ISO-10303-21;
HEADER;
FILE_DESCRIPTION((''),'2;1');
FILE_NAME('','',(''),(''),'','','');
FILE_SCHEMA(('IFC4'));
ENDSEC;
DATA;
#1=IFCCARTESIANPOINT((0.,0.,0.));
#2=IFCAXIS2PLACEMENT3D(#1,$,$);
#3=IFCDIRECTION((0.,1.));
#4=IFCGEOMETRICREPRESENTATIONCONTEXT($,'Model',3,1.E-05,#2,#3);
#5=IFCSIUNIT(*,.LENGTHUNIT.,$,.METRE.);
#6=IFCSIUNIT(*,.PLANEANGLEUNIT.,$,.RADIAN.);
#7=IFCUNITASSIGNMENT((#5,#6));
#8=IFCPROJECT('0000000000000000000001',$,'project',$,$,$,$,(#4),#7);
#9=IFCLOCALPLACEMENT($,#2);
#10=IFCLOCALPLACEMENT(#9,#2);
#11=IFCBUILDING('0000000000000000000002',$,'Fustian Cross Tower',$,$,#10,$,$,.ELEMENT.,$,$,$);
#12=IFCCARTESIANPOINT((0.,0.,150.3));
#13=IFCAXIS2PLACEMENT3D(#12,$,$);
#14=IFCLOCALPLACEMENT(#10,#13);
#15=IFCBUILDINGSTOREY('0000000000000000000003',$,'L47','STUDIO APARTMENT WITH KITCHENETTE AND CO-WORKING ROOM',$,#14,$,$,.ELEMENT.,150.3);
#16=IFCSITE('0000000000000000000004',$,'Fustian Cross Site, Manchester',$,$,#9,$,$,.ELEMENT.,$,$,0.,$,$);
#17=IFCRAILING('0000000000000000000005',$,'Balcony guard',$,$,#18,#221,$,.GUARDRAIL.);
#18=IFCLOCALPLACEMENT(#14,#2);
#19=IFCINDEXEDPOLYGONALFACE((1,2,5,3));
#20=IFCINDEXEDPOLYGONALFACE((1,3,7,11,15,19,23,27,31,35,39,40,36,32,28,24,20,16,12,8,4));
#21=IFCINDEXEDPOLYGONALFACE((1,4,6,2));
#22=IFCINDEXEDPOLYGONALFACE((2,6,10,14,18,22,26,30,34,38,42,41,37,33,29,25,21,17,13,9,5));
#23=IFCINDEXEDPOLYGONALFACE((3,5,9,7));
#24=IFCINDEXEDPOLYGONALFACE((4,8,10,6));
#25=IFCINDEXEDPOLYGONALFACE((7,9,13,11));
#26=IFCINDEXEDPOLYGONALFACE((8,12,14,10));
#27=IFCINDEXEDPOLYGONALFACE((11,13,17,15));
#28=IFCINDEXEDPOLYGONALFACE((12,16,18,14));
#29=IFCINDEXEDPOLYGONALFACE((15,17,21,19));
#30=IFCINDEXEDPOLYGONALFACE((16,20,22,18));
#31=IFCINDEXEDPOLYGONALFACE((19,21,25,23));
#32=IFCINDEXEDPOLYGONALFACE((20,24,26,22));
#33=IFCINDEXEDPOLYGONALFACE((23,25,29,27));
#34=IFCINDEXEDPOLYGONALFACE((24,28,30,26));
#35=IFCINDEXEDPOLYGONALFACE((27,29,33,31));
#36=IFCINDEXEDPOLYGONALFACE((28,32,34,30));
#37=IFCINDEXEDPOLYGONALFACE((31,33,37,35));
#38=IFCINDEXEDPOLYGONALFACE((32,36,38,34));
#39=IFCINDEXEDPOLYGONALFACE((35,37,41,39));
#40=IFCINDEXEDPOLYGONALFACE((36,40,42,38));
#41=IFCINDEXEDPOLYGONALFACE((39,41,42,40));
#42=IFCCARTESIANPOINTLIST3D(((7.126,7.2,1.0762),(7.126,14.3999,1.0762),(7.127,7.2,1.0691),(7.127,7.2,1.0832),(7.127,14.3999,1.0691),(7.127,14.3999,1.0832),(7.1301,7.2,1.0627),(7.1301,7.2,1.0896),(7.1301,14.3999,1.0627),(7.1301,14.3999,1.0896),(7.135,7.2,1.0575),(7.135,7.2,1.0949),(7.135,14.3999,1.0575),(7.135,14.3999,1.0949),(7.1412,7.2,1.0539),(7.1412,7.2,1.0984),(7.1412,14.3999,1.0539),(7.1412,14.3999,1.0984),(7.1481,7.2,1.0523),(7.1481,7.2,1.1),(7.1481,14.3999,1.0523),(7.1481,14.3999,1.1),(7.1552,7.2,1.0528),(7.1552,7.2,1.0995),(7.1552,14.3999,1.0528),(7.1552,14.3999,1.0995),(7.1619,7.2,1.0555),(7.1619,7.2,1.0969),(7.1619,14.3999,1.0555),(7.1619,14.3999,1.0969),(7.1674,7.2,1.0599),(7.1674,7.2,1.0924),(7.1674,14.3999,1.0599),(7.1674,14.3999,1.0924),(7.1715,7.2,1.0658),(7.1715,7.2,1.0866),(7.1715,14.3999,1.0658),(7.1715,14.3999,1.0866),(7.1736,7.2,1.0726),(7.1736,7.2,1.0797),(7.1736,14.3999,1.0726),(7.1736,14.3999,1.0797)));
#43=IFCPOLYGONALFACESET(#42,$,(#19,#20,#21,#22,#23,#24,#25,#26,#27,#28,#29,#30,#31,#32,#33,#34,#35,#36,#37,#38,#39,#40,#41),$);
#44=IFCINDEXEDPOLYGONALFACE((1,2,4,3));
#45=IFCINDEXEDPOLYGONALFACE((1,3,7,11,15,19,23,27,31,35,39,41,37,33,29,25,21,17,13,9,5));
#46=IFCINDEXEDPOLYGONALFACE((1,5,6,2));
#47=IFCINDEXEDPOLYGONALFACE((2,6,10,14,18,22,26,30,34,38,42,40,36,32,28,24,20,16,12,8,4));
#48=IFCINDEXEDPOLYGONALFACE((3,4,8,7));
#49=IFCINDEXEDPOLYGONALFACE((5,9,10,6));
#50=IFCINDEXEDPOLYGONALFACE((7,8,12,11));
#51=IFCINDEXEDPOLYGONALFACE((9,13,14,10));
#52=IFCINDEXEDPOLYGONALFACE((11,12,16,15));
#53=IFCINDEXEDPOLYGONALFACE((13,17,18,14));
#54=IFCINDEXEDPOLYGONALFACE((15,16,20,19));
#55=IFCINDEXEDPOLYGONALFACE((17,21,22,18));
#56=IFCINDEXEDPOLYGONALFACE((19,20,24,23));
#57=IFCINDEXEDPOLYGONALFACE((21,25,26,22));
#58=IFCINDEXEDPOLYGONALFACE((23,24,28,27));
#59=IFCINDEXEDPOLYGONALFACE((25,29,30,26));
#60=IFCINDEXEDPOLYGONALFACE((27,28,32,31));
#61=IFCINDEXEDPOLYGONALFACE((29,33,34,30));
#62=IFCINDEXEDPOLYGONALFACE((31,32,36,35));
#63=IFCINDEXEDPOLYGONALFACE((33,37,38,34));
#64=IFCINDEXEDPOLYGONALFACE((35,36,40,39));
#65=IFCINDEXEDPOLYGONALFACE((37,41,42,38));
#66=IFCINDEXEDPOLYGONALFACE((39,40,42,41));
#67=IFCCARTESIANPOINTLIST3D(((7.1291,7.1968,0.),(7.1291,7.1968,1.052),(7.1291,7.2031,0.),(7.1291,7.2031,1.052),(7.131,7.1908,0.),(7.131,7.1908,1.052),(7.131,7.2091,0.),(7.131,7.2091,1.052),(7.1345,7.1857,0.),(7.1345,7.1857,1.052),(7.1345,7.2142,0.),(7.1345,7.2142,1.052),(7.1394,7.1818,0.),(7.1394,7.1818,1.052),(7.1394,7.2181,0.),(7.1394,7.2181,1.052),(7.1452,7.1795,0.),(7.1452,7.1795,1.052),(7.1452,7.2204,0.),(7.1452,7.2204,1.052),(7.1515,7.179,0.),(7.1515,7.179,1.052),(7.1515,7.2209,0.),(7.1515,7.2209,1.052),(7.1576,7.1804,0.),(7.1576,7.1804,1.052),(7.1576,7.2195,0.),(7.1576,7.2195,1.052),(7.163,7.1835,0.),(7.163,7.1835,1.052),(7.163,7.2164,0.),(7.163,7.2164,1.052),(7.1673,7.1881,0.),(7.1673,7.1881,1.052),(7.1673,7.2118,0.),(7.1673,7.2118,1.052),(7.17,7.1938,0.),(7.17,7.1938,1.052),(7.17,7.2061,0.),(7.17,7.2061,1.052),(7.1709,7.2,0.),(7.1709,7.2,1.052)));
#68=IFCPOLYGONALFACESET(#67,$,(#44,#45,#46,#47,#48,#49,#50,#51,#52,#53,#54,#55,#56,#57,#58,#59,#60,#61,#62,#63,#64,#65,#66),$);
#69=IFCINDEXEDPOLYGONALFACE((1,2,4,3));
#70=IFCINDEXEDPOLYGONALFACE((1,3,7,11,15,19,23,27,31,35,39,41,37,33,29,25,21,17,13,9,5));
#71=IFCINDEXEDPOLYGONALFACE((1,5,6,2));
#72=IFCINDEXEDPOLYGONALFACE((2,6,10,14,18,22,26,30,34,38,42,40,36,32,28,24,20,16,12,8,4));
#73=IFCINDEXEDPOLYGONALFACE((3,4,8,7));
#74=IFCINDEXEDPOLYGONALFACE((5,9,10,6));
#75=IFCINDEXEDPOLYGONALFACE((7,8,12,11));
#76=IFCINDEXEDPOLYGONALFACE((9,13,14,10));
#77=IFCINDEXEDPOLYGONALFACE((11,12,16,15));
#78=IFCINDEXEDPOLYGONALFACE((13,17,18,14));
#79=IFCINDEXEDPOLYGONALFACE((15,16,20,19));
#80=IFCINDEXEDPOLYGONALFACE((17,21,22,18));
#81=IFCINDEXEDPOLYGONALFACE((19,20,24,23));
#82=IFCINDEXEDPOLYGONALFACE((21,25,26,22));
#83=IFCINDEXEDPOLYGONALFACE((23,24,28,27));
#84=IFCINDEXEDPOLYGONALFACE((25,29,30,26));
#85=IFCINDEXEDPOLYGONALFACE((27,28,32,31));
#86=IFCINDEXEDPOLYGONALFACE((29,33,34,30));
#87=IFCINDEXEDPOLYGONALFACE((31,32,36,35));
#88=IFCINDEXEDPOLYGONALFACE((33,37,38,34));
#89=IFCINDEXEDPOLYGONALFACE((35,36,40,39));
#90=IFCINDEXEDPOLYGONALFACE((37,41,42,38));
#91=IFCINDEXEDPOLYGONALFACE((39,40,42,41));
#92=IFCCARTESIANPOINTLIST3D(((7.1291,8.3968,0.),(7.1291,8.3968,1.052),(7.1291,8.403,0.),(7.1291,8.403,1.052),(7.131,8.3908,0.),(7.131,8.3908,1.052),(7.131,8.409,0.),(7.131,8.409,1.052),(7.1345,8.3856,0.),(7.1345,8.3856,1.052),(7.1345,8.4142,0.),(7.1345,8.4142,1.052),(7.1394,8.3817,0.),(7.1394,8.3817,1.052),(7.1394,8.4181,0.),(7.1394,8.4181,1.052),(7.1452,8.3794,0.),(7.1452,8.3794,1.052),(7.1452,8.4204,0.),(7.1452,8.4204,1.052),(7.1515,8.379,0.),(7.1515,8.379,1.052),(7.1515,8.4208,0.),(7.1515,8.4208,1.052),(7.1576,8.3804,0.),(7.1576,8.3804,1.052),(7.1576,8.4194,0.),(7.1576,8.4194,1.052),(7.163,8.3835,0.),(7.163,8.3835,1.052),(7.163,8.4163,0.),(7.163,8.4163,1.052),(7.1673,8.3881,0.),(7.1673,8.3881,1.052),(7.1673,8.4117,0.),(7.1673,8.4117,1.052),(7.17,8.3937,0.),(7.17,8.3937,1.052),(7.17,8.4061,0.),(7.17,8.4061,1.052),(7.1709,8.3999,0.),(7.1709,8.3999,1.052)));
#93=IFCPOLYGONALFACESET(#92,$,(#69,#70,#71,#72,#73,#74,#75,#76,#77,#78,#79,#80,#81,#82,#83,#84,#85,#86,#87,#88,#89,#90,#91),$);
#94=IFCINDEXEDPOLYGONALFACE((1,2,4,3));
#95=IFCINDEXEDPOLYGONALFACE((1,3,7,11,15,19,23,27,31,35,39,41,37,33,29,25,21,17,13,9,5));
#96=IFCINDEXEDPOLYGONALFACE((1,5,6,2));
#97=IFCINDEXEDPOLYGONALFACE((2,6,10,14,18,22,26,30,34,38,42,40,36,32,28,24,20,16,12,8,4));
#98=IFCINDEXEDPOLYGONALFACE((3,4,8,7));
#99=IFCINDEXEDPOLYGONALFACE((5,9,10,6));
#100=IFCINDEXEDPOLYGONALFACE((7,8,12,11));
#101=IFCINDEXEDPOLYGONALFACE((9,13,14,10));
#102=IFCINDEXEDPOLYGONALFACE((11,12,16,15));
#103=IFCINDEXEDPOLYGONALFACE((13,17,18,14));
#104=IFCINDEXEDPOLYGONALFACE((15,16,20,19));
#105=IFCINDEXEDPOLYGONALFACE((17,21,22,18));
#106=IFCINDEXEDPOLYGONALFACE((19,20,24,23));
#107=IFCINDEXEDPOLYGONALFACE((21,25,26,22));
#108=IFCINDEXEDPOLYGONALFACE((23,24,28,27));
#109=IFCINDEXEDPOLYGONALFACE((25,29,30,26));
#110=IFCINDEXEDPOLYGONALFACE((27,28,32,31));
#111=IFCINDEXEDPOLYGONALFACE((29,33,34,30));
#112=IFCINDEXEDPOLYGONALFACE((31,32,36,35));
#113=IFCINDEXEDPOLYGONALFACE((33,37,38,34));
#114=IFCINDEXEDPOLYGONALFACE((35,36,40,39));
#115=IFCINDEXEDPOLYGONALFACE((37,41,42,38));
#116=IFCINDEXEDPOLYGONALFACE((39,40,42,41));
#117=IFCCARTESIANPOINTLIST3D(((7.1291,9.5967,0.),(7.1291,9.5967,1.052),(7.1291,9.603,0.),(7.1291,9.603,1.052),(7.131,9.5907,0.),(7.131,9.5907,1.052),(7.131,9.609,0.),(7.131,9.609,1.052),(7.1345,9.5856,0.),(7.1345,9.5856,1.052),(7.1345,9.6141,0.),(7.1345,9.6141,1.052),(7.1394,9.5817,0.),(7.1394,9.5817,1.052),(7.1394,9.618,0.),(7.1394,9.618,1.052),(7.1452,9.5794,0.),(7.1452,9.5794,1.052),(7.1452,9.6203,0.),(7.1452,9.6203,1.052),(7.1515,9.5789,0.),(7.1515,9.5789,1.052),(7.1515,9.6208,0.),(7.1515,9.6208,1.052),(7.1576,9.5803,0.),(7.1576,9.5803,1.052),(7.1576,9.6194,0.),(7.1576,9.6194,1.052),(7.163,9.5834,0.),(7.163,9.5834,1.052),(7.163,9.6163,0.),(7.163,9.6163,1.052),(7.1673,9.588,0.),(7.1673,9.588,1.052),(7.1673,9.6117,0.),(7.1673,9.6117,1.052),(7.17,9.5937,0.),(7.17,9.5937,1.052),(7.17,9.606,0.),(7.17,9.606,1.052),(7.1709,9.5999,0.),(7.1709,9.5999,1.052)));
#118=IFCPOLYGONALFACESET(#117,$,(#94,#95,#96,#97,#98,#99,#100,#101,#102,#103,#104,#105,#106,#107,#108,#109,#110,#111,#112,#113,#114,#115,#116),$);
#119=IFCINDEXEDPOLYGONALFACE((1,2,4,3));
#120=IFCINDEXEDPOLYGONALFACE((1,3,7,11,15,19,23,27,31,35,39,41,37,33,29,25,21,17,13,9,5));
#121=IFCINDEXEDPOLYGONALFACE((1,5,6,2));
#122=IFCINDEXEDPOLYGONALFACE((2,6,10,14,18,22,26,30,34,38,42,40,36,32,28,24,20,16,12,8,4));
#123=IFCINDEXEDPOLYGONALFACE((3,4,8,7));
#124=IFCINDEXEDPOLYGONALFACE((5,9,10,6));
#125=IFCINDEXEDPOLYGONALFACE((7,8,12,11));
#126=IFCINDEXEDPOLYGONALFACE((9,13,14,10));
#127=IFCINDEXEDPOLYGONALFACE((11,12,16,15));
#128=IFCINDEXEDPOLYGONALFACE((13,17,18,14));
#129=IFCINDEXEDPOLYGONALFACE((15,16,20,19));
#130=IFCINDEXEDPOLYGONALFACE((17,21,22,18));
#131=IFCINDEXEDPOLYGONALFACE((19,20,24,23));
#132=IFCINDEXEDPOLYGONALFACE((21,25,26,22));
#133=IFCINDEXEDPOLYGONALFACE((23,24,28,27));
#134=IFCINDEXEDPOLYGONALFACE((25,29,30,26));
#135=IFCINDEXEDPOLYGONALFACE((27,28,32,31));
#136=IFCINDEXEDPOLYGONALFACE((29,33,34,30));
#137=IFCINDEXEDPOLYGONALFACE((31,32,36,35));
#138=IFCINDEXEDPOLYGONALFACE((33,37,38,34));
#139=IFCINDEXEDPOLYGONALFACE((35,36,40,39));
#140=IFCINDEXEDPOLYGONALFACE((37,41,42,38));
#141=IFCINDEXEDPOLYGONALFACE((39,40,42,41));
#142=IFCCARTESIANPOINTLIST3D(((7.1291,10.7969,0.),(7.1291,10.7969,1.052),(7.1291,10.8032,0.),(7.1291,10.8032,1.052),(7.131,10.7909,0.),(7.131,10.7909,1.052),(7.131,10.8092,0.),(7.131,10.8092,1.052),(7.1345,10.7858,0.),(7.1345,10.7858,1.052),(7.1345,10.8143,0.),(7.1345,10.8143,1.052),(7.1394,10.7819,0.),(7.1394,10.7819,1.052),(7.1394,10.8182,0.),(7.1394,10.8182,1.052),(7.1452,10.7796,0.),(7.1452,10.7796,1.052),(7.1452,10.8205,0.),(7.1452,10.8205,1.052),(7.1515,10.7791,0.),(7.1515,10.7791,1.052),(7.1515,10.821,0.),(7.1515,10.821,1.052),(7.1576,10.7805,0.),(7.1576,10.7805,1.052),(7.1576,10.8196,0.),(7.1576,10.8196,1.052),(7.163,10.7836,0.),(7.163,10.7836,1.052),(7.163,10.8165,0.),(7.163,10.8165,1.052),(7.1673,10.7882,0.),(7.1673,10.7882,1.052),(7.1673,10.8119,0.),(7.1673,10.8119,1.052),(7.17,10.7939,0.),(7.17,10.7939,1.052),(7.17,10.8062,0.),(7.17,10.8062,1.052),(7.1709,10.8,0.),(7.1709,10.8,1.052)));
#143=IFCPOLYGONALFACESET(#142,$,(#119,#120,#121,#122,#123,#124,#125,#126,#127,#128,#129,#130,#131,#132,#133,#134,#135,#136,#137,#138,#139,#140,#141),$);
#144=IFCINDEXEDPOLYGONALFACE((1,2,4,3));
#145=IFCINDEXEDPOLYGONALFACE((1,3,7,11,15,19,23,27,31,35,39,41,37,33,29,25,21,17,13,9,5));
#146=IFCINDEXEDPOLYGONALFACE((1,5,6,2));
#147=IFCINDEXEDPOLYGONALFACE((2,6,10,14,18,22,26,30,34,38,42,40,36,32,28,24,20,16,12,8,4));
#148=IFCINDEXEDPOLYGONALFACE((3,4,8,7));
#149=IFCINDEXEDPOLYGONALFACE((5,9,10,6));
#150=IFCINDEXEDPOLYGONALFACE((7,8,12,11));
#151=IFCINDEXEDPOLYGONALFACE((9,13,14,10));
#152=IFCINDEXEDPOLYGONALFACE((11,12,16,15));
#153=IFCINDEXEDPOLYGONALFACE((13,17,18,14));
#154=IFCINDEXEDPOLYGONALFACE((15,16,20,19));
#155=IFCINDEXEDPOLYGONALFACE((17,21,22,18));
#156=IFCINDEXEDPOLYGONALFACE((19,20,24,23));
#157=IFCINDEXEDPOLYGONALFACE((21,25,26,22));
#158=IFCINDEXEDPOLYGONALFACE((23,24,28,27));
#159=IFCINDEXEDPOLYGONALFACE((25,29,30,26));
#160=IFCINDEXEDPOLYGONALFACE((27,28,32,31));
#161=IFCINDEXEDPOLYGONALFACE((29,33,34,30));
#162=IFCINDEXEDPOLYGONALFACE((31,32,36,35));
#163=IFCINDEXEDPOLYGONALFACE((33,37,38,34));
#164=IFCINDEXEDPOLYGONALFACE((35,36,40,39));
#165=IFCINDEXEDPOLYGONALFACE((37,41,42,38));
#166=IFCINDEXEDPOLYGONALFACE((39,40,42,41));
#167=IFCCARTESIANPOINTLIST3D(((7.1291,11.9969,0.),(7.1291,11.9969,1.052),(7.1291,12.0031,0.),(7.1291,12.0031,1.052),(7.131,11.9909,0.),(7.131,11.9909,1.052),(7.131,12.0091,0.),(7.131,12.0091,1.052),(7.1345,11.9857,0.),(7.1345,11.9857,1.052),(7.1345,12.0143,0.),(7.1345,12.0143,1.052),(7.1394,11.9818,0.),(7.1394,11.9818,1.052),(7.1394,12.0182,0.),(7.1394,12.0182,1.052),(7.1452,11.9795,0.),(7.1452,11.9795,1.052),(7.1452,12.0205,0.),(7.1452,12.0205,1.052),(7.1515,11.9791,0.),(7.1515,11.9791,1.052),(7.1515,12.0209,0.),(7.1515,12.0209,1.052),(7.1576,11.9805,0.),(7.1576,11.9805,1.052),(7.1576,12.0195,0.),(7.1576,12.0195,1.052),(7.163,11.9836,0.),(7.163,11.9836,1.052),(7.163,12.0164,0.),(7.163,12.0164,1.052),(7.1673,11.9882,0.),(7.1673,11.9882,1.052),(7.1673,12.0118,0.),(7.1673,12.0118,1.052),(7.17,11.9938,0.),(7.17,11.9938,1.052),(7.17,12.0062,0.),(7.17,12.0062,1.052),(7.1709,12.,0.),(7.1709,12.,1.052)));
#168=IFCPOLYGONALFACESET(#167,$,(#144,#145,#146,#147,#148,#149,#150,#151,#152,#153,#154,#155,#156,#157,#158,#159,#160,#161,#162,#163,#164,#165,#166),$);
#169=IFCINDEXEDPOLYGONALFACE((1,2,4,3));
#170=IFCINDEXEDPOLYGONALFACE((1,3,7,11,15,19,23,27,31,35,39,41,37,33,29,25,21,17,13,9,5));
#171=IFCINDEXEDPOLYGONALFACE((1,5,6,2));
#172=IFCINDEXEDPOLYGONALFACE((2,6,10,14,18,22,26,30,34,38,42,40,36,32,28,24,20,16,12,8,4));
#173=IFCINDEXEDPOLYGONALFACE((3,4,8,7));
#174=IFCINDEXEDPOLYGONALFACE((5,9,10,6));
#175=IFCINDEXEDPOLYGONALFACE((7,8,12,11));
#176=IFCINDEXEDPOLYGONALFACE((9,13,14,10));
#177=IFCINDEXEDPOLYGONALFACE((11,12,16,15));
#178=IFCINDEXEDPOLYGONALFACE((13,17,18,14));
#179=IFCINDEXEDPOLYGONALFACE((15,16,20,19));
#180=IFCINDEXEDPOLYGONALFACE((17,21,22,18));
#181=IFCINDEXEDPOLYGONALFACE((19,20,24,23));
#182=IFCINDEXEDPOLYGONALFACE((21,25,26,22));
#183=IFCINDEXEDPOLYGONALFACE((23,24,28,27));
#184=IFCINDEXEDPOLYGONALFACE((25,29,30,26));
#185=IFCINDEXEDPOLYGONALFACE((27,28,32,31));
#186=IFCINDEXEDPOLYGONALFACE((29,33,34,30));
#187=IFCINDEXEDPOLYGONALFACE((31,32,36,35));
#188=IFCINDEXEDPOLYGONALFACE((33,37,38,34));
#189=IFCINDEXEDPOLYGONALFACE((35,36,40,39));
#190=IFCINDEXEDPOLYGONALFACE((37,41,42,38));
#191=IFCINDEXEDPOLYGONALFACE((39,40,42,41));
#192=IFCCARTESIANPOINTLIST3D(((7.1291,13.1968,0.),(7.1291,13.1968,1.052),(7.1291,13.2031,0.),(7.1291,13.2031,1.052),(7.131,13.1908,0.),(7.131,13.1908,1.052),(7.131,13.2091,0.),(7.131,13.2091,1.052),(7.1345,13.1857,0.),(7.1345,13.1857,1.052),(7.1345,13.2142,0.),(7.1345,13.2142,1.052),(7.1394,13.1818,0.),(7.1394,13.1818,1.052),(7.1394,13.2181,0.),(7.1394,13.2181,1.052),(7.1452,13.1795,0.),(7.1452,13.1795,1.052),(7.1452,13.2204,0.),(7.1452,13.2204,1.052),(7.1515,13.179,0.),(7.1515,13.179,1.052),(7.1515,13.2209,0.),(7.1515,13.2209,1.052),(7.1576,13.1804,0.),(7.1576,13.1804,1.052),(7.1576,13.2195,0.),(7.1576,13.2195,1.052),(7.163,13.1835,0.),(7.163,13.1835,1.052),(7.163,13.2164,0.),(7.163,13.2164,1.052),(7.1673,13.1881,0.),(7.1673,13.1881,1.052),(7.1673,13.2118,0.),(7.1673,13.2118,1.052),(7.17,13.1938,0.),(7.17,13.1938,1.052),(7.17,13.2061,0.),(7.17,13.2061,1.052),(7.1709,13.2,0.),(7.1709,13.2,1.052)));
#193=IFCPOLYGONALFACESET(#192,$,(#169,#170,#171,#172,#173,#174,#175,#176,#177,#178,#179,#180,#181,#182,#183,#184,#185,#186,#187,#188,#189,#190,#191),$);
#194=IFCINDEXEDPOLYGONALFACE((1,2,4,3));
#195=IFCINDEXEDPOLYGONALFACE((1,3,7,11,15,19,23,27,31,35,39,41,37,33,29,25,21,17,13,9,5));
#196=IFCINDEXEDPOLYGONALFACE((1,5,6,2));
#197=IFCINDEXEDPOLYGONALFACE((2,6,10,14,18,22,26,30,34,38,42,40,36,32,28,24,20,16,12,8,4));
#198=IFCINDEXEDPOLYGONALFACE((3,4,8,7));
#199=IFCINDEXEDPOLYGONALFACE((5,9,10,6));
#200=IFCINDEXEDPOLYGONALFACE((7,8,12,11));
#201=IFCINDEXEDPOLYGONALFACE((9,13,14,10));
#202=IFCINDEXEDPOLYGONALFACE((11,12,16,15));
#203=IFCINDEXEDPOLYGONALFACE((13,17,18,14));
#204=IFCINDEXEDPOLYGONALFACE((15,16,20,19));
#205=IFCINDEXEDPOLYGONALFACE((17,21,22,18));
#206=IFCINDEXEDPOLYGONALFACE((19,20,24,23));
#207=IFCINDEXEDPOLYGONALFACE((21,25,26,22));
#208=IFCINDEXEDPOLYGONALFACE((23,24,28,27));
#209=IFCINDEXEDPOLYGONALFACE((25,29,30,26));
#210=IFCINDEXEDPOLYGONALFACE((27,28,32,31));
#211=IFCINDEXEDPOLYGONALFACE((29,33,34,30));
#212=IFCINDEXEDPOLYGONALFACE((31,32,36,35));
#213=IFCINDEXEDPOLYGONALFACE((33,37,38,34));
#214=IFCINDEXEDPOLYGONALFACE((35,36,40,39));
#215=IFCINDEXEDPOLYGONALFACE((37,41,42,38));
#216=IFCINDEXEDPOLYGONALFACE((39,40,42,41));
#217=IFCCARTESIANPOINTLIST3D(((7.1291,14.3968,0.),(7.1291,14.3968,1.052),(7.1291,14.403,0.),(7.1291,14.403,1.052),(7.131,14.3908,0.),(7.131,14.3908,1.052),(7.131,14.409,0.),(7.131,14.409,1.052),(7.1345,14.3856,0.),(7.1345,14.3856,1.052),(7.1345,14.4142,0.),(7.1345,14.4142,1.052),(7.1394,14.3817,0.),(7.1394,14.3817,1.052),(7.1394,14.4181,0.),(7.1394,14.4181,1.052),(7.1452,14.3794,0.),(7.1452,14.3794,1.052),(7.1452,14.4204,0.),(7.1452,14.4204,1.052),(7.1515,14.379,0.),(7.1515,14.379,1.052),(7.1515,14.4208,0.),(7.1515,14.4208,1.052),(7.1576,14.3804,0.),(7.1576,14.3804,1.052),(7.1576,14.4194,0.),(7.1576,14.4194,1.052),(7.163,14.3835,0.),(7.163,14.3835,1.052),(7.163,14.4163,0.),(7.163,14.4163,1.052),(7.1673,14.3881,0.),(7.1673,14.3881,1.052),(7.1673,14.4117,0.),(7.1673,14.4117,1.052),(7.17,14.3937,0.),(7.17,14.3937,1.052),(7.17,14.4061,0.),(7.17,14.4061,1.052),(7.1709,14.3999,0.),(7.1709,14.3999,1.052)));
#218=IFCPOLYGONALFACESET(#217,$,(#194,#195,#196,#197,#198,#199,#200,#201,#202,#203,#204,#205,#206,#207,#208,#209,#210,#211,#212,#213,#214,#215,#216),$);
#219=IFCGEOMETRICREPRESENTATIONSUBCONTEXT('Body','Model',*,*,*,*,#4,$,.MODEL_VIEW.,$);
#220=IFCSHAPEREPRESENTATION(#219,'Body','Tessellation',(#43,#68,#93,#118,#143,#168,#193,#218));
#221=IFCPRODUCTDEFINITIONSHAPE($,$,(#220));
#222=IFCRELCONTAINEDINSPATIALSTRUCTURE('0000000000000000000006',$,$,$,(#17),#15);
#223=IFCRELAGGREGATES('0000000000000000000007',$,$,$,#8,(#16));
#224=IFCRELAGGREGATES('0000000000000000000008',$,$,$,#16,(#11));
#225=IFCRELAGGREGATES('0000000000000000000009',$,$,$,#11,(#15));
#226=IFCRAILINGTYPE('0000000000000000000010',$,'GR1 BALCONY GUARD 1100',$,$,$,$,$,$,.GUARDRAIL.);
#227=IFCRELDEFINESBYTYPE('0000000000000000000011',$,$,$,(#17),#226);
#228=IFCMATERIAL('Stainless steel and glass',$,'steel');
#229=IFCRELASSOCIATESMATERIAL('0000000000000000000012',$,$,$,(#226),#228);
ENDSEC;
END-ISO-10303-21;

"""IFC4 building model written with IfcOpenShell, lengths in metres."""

from ifc_helpers import new_model, si_unit, direction, frame, origin, origin_2d, place, context, subcontext, project, spatial, circle, extrude, material, type_object, element, save


model = new_model("IFC4")

# Units and contexts
model_context = context("Model", 3, precision=1e-05, world=origin(), true_north=direction((0.0, 1.0)))
body_context = subcontext(model_context, "Body", "Model", "MODEL_VIEW")
ifc_project = project(units=[si_unit("LENGTHUNIT", "METRE"), si_unit("PLANEANGLEUNIT", "RADIAN")], contexts=[model_context])

# Site, building, storey
site_placement = place(None, origin())
site = spatial("IfcSite", under=ifc_project, at=site_placement, Name="Fustian Cross Site, Manchester", CompositionType="ELEMENT", RefElevation=0.0)
building_placement = place(site_placement, origin())
building = spatial("IfcBuilding", under=site, at=building_placement, Name="Fustian Cross Tower", CompositionType="ELEMENT")
storey_placement = place(building_placement, frame((0.0, 0.0, 150.3)))
storey = spatial("IfcBuildingStorey", under=building, at=storey_placement, Name="L47", Description="STUDIO APARTMENT WITH KITCHENETTE AND CO-WORKING ROOM", CompositionType="ELEMENT", Elevation=150.3)

# Railing
ifc_material_1 = material(Name="Stainless steel and glass", Category="steel")
railing_type = type_object("IfcRailingType", Name="GR1 BALCONY GUARD 1100", PredefinedType="GUARDRAIL", material=ifc_material_1)
railing_placement = place(storey_placement, frame((7.1499, 7.2, 0.0)))
element("IfcRailing", 1, at=railing_placement, inside=storey, type_object=railing_type, Name="Balcony guard", PredefinedType="GUARDRAIL", context=body_context, shape_type="SweptSolid", body=[
    extrude(circle(Radius=0.0239, at=origin_2d()), frame((0.0, 0.0, 1.0762), z_axis=(0.0, 1.0, 0.0), x_axis=(-1.0, 0.0, 0.0)), (0.0, 0.0, 1.0), 7.2),
    extrude(circle(Radius=0.021, at=origin_2d()), origin(), (0.0, 0.0, 1.0), 1.052),
    extrude(circle(Radius=0.021, at=origin_2d()), frame((0.0, 1.2, 0.0)), (0.0, 0.0, 1.0), 1.052),
    extrude(circle(Radius=0.021, at=origin_2d()), frame((0.0, 2.3999, 0.0)), (0.0, 0.0, 1.0), 1.052),
    extrude(circle(Radius=0.021, at=origin_2d()), frame((0.0, 3.6001, 0.0)), (0.0, 0.0, 1.0), 1.052),
    extrude(circle(Radius=0.021, at=origin_2d()), frame((0.0, 4.8, 0.0)), (0.0, 0.0, 1.0), 1.052),
    extrude(circle(Radius=0.021, at=origin_2d()), frame((0.0, 6.0, 0.0)), (0.0, 0.0, 1.0), 1.052),
    extrude(circle(Radius=0.021, at=origin_2d()), frame((0.0, 7.2, 0.0)), (0.0, 0.0, 1.0), 1.052),
])

save(model, "model.ifc")
